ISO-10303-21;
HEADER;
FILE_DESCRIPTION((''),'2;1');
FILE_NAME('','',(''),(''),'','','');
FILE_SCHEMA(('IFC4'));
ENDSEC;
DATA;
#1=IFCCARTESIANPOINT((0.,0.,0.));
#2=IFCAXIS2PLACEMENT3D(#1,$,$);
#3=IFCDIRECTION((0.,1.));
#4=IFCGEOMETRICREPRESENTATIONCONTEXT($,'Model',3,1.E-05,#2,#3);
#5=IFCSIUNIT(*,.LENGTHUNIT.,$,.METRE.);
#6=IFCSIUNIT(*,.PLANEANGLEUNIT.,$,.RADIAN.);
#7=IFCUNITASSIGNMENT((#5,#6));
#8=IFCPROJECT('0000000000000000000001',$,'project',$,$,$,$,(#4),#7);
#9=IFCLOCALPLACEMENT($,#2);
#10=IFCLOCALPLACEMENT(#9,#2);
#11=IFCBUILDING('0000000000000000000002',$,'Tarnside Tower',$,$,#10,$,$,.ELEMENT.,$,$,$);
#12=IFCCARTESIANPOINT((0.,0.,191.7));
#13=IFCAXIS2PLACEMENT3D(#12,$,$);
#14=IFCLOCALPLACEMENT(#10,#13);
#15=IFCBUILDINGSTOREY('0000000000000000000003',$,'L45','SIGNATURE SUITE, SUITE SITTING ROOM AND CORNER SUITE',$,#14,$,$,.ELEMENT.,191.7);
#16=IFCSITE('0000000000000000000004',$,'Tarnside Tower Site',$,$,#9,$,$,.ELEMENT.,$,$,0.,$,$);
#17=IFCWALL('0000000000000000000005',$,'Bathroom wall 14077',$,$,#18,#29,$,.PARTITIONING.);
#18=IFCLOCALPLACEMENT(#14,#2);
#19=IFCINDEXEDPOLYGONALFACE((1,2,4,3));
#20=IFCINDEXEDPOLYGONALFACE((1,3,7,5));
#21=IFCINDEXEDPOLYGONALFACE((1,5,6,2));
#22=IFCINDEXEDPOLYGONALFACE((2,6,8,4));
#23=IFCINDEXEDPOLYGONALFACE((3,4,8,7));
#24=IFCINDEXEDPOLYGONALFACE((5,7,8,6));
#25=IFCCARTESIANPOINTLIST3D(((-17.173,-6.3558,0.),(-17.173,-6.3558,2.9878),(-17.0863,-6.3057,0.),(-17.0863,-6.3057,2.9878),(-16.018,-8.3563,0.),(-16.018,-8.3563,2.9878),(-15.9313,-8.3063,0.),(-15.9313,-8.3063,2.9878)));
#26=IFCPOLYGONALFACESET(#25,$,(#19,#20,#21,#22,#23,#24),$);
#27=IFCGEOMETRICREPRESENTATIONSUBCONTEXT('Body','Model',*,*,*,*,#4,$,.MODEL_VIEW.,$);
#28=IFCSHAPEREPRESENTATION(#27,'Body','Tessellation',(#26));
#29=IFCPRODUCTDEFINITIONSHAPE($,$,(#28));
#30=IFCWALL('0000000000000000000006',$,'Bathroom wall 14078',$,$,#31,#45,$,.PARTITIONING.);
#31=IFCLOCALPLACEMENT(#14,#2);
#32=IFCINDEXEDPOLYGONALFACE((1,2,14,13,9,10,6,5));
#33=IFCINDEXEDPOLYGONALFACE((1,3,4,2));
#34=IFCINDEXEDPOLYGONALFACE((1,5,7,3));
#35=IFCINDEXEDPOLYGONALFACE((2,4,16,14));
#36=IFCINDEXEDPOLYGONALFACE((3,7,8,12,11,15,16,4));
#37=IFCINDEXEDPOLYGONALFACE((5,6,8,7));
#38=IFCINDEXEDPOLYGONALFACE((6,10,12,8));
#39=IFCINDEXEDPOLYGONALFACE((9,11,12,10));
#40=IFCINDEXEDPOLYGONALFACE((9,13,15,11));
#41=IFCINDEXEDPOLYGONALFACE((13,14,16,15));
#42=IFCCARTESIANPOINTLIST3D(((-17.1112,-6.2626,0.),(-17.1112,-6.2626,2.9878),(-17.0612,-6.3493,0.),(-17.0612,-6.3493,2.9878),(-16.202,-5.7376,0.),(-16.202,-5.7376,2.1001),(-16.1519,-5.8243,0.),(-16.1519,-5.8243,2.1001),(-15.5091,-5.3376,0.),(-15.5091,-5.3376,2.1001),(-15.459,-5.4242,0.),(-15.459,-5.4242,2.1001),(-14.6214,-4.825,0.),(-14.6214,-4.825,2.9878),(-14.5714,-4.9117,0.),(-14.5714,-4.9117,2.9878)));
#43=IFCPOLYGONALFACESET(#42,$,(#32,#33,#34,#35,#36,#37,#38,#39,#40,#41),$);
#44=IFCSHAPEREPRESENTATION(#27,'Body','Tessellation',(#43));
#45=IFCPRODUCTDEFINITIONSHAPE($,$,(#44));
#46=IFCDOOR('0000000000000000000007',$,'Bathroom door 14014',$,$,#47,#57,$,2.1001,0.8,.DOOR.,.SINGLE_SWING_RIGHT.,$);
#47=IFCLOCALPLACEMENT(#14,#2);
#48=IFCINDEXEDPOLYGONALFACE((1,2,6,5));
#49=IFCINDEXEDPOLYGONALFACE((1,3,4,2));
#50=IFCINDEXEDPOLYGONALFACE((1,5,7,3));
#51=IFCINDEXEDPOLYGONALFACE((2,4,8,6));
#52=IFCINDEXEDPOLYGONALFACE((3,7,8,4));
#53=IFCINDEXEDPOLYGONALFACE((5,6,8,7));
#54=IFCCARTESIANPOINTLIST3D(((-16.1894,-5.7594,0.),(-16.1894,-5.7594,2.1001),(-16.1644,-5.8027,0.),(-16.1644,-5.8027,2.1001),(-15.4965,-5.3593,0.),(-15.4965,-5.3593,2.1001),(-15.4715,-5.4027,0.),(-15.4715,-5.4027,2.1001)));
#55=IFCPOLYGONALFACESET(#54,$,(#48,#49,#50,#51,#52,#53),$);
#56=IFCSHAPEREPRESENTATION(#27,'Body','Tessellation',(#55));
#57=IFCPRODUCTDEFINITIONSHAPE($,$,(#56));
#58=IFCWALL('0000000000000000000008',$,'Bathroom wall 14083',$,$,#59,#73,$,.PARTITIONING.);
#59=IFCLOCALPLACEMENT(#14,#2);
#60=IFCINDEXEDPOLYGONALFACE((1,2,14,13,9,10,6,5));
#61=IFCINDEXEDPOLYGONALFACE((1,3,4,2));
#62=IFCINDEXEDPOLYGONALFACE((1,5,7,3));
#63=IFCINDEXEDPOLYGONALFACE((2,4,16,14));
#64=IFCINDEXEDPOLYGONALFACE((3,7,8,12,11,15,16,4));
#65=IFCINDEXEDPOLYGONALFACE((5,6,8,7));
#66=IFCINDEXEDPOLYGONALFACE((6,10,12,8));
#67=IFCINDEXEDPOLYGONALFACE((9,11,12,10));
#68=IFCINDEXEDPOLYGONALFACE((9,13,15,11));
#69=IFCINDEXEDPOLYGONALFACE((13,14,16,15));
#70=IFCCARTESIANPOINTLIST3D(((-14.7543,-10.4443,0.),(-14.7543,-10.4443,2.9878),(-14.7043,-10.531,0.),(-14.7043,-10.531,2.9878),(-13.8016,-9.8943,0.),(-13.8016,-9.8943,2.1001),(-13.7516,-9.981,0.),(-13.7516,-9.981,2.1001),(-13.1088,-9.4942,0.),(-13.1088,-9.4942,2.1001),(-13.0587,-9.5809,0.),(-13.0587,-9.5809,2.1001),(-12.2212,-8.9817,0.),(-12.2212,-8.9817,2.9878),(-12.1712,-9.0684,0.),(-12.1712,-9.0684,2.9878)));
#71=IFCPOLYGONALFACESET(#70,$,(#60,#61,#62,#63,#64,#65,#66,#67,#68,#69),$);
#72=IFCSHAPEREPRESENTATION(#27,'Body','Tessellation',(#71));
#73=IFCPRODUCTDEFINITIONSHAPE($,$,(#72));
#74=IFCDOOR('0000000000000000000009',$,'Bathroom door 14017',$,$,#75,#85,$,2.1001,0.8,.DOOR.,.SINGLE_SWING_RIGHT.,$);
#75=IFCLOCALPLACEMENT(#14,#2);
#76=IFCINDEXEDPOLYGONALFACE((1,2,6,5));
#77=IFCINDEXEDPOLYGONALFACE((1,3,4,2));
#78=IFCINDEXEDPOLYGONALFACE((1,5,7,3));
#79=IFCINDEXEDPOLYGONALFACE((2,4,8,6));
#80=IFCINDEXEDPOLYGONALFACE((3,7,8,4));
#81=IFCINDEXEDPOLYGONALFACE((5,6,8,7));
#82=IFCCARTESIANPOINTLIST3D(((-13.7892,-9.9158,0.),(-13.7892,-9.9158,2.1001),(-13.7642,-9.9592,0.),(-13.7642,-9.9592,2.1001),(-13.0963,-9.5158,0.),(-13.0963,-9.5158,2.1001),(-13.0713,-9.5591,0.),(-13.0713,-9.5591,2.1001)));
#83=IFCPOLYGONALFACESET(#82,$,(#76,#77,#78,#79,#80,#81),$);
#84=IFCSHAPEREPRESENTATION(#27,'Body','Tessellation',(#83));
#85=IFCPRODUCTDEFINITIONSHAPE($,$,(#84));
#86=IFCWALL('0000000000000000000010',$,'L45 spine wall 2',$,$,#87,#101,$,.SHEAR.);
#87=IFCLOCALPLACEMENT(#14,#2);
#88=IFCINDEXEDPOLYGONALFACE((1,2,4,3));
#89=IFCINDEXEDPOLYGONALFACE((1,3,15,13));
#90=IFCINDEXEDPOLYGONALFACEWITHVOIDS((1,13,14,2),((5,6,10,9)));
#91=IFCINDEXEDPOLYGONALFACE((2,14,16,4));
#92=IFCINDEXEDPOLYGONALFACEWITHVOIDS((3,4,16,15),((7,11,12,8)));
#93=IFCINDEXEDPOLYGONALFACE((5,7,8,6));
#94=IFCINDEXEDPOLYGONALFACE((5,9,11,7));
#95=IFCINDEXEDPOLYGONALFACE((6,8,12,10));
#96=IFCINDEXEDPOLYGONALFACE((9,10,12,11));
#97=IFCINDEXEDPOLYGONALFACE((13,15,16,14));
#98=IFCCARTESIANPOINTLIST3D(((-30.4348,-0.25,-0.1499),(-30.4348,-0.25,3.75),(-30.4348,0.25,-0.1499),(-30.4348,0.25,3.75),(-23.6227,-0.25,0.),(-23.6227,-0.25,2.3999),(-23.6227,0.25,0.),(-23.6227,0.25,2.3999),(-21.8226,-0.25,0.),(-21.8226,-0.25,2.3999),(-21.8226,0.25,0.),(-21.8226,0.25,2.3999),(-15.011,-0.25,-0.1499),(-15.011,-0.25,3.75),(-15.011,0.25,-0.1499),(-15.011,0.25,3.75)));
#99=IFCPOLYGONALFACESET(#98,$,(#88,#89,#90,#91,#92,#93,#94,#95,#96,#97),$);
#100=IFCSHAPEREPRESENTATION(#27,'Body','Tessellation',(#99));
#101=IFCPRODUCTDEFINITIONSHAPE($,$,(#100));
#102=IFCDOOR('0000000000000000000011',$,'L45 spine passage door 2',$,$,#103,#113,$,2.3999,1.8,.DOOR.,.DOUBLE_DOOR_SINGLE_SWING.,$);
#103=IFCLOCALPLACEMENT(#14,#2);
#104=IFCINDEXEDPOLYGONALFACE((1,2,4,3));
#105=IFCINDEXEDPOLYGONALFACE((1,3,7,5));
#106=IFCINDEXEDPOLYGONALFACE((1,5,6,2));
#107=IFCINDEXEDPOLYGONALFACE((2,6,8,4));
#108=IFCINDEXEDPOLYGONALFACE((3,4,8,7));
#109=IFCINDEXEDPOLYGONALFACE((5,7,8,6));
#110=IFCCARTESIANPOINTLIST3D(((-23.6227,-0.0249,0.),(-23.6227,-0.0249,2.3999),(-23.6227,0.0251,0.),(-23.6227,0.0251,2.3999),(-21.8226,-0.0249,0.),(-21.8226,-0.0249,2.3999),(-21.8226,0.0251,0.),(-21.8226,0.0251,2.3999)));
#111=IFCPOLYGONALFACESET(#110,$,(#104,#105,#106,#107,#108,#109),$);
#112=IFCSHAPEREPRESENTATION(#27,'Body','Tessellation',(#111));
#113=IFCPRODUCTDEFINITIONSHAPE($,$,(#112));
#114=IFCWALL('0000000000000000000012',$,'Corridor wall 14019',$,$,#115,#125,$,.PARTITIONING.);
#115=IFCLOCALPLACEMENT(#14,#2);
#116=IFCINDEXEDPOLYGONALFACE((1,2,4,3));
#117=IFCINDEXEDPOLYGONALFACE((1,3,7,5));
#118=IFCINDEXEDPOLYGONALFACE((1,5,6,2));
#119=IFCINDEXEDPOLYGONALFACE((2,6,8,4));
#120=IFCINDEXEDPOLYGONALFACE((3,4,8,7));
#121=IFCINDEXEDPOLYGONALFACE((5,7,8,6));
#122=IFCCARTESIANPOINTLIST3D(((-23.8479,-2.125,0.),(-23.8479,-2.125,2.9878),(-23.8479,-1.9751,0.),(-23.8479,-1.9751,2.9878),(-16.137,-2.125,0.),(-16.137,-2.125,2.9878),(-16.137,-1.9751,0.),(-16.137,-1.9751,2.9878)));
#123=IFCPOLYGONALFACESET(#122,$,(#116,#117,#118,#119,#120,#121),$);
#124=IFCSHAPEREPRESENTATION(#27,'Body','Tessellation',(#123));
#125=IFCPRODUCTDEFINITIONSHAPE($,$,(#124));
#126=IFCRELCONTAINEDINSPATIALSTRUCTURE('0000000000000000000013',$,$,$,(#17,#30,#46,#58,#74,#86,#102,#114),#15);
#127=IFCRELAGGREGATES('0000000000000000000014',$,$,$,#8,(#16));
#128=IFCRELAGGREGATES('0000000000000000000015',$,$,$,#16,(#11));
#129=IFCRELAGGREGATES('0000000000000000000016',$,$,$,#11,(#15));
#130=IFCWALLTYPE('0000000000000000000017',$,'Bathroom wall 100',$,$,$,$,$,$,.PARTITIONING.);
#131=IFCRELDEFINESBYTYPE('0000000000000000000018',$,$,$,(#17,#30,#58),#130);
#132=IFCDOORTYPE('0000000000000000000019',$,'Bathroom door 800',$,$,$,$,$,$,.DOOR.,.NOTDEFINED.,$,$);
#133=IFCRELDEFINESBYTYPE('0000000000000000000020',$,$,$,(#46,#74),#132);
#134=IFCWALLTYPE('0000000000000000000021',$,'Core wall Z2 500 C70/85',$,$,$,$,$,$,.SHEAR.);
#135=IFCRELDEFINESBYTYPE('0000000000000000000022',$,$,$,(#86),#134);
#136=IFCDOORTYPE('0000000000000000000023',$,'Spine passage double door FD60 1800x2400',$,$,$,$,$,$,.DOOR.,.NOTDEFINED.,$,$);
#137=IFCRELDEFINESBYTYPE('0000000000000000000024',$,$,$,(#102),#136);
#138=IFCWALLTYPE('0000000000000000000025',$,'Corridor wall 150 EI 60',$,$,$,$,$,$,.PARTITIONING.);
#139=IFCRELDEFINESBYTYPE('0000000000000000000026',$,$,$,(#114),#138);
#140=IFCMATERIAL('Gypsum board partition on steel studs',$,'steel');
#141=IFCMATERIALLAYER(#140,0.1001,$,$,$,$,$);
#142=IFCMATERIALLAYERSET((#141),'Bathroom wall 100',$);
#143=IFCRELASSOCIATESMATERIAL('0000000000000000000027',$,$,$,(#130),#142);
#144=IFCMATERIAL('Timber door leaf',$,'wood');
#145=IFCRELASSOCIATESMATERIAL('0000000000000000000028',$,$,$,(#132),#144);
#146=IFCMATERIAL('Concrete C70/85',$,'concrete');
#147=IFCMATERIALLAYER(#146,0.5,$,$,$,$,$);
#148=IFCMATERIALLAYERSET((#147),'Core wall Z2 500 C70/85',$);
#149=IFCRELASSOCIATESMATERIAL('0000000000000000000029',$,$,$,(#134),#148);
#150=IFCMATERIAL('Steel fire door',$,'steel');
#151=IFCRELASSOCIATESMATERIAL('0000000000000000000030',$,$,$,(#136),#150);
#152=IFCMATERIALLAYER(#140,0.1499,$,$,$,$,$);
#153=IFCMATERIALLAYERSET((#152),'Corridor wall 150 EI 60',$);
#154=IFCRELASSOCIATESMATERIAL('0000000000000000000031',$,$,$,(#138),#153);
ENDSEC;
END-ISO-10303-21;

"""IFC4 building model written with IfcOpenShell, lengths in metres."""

from ifc_helpers import new_model, si_unit, direction, frame, frame_2d, origin, place, context, subcontext, project, spatial, rectangle, extrude, material, layer, layer_set, type_object, element, fill, save


model = new_model("IFC4")

# Units and contexts
model_context = context("Model", 3, precision=1e-05, world=origin(), true_north=direction((0.0, 1.0)))
body_context = subcontext(model_context, "Body", "Model", "MODEL_VIEW")
ifc_project = project(units=[si_unit("LENGTHUNIT", "METRE"), si_unit("PLANEANGLEUNIT", "RADIAN")], contexts=[model_context])

# Site, building, storey
site_placement = place(None, origin())
site = spatial("IfcSite", under=ifc_project, at=site_placement, Name="Tarnside Tower Site", CompositionType="ELEMENT", RefElevation=0.0)
building_placement = place(site_placement, origin())
building = spatial("IfcBuilding", under=site, at=building_placement, Name="Tarnside Tower", CompositionType="ELEMENT")
storey_placement = place(building_placement, frame((0.0, 0.0, 191.7)))
storey = spatial("IfcBuildingStorey", under=building, at=storey_placement, Name="L45", Description="SIGNATURE SUITE, SUITE SITTING ROOM AND CORNER SUITE", CompositionType="ELEMENT", Elevation=191.7)

# Wall
ifc_material_1 = material(Name="Gypsum board partition on steel studs", Category="steel")
ifc_layer_1 = layer(ifc_material_1, 0.1001)
ifc_layer_set_1 = layer_set([ifc_layer_1], Name="Bathroom wall 100")
wall_type_1 = type_object("IfcWallType", Name="Bathroom wall 100", PredefinedType="PARTITIONING", material=ifc_layer_set_1)
wall_1_placement = place(storey_placement, frame((-15.9746, -8.3313, 0.0), z_axis=(0.0, 0.0, 1.0), x_axis=(-0.500015, 0.866017, 0.0)))
element("IfcWall", 1, at=wall_1_placement, inside=storey, type_object=wall_type_1, Name="Bathroom wall 14077", PredefinedType="PARTITIONING", context=body_context, shape_type="SweptSolid", body=[
    extrude(rectangle(XDim=2.3101, YDim=0.1001, at=frame_2d((1.155, 0.0))), origin(), (0.0, 0.0, 1.0), 2.9878),
])

# Walls, openings, doors
wall_2_placement = place(storey_placement, frame((-17.0862, -6.3059, 0.0), z_axis=(0.0, 0.0, 1.0), x_axis=(0.866019, 0.500012, 0.0)))
wall_2 = element("IfcWall", 2, at=wall_2_placement, inside=storey, type_object=wall_type_1, Name="Bathroom wall 14078", PredefinedType="PARTITIONING", context=body_context, shape_type="SweptSolid", body=[
    extrude(rectangle(XDim=2.875, YDim=0.1001, at=frame_2d((1.4375, 0.0))), origin(), (0.0, 0.0, 1.0), 2.9878),
])
opening_1_placement = place(wall_2_placement, frame((1.05, 0.0, 0.0)))
opening_1 = element("IfcOpeningElement", 3, at=opening_1_placement, cuts=wall_2, PredefinedType="OPENING", context=body_context, shape_type="SweptSolid", body=[
    extrude(rectangle(XDim=0.8, YDim=2.1001, at=frame_2d((0.3999, 1.05))), frame((0.0, 0.0601, 0.0), z_axis=(0.0, -1.0, 0.0), x_axis=(1.0, 0.0, 0.0)), (0.0, 0.0, 1.0), 0.1201),
])
ifc_material_2 = material(Name="Timber door leaf", Category="wood")
door_type_1 = type_object("IfcDoorType", Name="Bathroom door 800", OperationType="NOTDEFINED", PredefinedType="DOOR", material=ifc_material_2)
door_1_placement = place(opening_1_placement, origin())
door_1 = element("IfcDoor", 4, at=door_1_placement, inside=storey, type_object=door_type_1, Name="Bathroom door 14014", OperationType="SINGLE_SWING_RIGHT", OverallHeight=2.1001, OverallWidth=0.8, PredefinedType="DOOR", context=body_context, shape_type="SweptSolid", body=[
    extrude(rectangle(XDim=0.8, YDim=2.1001, at=frame_2d((0.3999, 1.05))), frame((0.0, 0.0249, 0.0), z_axis=(0.0, -1.0, 0.0), x_axis=(1.0, 0.0, 0.0)), (0.0, 0.0, 1.0), 0.05),
])
fill(opening_1, door_1)
wall_3_placement = place(storey_placement, frame((-12.1963, -9.0251, 0.0), z_axis=(0.0, 0.0, 1.0), x_axis=(-0.86601, -0.500026, 0.0)))
wall_3 = element("IfcWall", 5, at=wall_3_placement, inside=storey, type_object=wall_type_1, Name="Bathroom wall 14083", PredefinedType="PARTITIONING", context=body_context, shape_type="SweptSolid", body=[
    extrude(rectangle(XDim=2.925, YDim=0.1001, at=frame_2d((1.4624, 0.0))), origin(), (0.0, 0.0, 1.0), 2.9878),
])
opening_2_placement = place(wall_3_placement, frame((1.0249, 0.0, 0.0)))
opening_2 = element("IfcOpeningElement", 6, at=opening_2_placement, cuts=wall_3, PredefinedType="OPENING", context=body_context, shape_type="SweptSolid", body=[
    extrude(rectangle(XDim=0.8, YDim=2.1001, at=frame_2d((0.3999, 1.05))), frame((0.0, 0.0601, 0.0), z_axis=(0.0, -1.0, 0.0), x_axis=(1.0, 0.0, 0.0)), (0.0, 0.0, 1.0), 0.1201),
])
door_2_placement = place(opening_2_placement, origin())
door_2 = element("IfcDoor", 7, at=door_2_placement, inside=storey, type_object=door_type_1, Name="Bathroom door 14017", OperationType="SINGLE_SWING_RIGHT", OverallHeight=2.1001, OverallWidth=0.8, PredefinedType="DOOR", context=body_context, shape_type="SweptSolid", body=[
    extrude(rectangle(XDim=0.8, YDim=2.1001, at=frame_2d((0.3999, 1.05))), frame((0.0, 0.0249, 0.0), z_axis=(0.0, -1.0, 0.0), x_axis=(1.0, 0.0, 0.0)), (0.0, 0.0, 1.0), 0.05),
])
fill(opening_2, door_2)
ifc_material_3 = material(Name="Concrete C70/85", Category="concrete")
ifc_layer_2 = layer(ifc_material_3, 0.5)
ifc_layer_set_2 = layer_set([ifc_layer_2], Name="Core wall Z2 500 C70/85")
wall_type_2 = type_object("IfcWallType", Name="Core wall Z2 500 C70/85", PredefinedType="SHEAR", material=ifc_layer_set_2)
wall_4_placement = place(storey_placement, frame((-15.011, 0.0, -0.1499), z_axis=(0.0, 0.0, 1.0), x_axis=(-1.0, 0.0, 0.0)))
wall_4 = element("IfcWall", 8, at=wall_4_placement, inside=storey, type_object=wall_type_2, Name="L45 spine wall 2", PredefinedType="SHEAR", context=body_context, shape_type="SweptSolid", body=[
    extrude(rectangle(XDim=15.4238, YDim=0.5, at=frame_2d((7.7119, 0.0))), origin(), (0.0, 0.0, 1.0), 3.8999),
])
opening_3_placement = place(wall_4_placement, frame((6.8118, 0.0, 0.1499)))
opening_3 = element("IfcOpeningElement", 9, at=opening_3_placement, cuts=wall_4, PredefinedType="OPENING", context=body_context, shape_type="SweptSolid", body=[
    extrude(rectangle(XDim=1.8, YDim=2.3999, at=frame_2d((0.8999, 1.2))), frame((0.0, 0.26, 0.0), z_axis=(0.0, -1.0, 0.0), x_axis=(1.0, 0.0, 0.0)), (0.0, 0.0, 1.0), 0.52),
])
ifc_material_4 = material(Name="Steel fire door", Category="steel")
door_type_2 = type_object("IfcDoorType", Name="Spine passage double door FD60 1800x2400", OperationType="NOTDEFINED", PredefinedType="DOOR", material=ifc_material_4)
door_3_placement = place(opening_3_placement, origin())
door_3 = element("IfcDoor", 10, at=door_3_placement, inside=storey, type_object=door_type_2, Name="L45 spine passage door 2", OperationType="DOUBLE_DOOR_SINGLE_SWING", OverallHeight=2.3999, OverallWidth=1.8, PredefinedType="DOOR", context=body_context, shape_type="SweptSolid", body=[
    extrude(rectangle(XDim=1.8, YDim=2.3999, at=frame_2d((0.8999, 1.2))), frame((0.0, 0.0249, 0.0), z_axis=(0.0, -1.0, 0.0), x_axis=(1.0, 0.0, 0.0)), (0.0, 0.0, 1.0), 0.05),
])
fill(opening_3, door_3)

# Wall
ifc_layer_3 = layer(ifc_material_1, 0.1499)
ifc_layer_set_3 = layer_set([ifc_layer_3], Name="Corridor wall 150 EI 60")
wall_type_3 = type_object("IfcWallType", Name="Corridor wall 150 EI 60", PredefinedType="PARTITIONING", material=ifc_layer_set_3)
wall_5_placement = place(storey_placement, frame((-23.8479, -2.05, 0.0), z_axis=(0.0, 0.0, 1.0), x_axis=(1.0, 0.0, 0.0)))
element("IfcWall", 11, at=wall_5_placement, inside=storey, type_object=wall_type_3, Name="Corridor wall 14019", PredefinedType="PARTITIONING", context=body_context, shape_type="SweptSolid", body=[
    extrude(rectangle(XDim=7.7109, YDim=0.1499, at=frame_2d((3.8555, 0.0))), origin(), (0.0, 0.0, 1.0), 2.9878),
])

save(model, "model.ifc")
